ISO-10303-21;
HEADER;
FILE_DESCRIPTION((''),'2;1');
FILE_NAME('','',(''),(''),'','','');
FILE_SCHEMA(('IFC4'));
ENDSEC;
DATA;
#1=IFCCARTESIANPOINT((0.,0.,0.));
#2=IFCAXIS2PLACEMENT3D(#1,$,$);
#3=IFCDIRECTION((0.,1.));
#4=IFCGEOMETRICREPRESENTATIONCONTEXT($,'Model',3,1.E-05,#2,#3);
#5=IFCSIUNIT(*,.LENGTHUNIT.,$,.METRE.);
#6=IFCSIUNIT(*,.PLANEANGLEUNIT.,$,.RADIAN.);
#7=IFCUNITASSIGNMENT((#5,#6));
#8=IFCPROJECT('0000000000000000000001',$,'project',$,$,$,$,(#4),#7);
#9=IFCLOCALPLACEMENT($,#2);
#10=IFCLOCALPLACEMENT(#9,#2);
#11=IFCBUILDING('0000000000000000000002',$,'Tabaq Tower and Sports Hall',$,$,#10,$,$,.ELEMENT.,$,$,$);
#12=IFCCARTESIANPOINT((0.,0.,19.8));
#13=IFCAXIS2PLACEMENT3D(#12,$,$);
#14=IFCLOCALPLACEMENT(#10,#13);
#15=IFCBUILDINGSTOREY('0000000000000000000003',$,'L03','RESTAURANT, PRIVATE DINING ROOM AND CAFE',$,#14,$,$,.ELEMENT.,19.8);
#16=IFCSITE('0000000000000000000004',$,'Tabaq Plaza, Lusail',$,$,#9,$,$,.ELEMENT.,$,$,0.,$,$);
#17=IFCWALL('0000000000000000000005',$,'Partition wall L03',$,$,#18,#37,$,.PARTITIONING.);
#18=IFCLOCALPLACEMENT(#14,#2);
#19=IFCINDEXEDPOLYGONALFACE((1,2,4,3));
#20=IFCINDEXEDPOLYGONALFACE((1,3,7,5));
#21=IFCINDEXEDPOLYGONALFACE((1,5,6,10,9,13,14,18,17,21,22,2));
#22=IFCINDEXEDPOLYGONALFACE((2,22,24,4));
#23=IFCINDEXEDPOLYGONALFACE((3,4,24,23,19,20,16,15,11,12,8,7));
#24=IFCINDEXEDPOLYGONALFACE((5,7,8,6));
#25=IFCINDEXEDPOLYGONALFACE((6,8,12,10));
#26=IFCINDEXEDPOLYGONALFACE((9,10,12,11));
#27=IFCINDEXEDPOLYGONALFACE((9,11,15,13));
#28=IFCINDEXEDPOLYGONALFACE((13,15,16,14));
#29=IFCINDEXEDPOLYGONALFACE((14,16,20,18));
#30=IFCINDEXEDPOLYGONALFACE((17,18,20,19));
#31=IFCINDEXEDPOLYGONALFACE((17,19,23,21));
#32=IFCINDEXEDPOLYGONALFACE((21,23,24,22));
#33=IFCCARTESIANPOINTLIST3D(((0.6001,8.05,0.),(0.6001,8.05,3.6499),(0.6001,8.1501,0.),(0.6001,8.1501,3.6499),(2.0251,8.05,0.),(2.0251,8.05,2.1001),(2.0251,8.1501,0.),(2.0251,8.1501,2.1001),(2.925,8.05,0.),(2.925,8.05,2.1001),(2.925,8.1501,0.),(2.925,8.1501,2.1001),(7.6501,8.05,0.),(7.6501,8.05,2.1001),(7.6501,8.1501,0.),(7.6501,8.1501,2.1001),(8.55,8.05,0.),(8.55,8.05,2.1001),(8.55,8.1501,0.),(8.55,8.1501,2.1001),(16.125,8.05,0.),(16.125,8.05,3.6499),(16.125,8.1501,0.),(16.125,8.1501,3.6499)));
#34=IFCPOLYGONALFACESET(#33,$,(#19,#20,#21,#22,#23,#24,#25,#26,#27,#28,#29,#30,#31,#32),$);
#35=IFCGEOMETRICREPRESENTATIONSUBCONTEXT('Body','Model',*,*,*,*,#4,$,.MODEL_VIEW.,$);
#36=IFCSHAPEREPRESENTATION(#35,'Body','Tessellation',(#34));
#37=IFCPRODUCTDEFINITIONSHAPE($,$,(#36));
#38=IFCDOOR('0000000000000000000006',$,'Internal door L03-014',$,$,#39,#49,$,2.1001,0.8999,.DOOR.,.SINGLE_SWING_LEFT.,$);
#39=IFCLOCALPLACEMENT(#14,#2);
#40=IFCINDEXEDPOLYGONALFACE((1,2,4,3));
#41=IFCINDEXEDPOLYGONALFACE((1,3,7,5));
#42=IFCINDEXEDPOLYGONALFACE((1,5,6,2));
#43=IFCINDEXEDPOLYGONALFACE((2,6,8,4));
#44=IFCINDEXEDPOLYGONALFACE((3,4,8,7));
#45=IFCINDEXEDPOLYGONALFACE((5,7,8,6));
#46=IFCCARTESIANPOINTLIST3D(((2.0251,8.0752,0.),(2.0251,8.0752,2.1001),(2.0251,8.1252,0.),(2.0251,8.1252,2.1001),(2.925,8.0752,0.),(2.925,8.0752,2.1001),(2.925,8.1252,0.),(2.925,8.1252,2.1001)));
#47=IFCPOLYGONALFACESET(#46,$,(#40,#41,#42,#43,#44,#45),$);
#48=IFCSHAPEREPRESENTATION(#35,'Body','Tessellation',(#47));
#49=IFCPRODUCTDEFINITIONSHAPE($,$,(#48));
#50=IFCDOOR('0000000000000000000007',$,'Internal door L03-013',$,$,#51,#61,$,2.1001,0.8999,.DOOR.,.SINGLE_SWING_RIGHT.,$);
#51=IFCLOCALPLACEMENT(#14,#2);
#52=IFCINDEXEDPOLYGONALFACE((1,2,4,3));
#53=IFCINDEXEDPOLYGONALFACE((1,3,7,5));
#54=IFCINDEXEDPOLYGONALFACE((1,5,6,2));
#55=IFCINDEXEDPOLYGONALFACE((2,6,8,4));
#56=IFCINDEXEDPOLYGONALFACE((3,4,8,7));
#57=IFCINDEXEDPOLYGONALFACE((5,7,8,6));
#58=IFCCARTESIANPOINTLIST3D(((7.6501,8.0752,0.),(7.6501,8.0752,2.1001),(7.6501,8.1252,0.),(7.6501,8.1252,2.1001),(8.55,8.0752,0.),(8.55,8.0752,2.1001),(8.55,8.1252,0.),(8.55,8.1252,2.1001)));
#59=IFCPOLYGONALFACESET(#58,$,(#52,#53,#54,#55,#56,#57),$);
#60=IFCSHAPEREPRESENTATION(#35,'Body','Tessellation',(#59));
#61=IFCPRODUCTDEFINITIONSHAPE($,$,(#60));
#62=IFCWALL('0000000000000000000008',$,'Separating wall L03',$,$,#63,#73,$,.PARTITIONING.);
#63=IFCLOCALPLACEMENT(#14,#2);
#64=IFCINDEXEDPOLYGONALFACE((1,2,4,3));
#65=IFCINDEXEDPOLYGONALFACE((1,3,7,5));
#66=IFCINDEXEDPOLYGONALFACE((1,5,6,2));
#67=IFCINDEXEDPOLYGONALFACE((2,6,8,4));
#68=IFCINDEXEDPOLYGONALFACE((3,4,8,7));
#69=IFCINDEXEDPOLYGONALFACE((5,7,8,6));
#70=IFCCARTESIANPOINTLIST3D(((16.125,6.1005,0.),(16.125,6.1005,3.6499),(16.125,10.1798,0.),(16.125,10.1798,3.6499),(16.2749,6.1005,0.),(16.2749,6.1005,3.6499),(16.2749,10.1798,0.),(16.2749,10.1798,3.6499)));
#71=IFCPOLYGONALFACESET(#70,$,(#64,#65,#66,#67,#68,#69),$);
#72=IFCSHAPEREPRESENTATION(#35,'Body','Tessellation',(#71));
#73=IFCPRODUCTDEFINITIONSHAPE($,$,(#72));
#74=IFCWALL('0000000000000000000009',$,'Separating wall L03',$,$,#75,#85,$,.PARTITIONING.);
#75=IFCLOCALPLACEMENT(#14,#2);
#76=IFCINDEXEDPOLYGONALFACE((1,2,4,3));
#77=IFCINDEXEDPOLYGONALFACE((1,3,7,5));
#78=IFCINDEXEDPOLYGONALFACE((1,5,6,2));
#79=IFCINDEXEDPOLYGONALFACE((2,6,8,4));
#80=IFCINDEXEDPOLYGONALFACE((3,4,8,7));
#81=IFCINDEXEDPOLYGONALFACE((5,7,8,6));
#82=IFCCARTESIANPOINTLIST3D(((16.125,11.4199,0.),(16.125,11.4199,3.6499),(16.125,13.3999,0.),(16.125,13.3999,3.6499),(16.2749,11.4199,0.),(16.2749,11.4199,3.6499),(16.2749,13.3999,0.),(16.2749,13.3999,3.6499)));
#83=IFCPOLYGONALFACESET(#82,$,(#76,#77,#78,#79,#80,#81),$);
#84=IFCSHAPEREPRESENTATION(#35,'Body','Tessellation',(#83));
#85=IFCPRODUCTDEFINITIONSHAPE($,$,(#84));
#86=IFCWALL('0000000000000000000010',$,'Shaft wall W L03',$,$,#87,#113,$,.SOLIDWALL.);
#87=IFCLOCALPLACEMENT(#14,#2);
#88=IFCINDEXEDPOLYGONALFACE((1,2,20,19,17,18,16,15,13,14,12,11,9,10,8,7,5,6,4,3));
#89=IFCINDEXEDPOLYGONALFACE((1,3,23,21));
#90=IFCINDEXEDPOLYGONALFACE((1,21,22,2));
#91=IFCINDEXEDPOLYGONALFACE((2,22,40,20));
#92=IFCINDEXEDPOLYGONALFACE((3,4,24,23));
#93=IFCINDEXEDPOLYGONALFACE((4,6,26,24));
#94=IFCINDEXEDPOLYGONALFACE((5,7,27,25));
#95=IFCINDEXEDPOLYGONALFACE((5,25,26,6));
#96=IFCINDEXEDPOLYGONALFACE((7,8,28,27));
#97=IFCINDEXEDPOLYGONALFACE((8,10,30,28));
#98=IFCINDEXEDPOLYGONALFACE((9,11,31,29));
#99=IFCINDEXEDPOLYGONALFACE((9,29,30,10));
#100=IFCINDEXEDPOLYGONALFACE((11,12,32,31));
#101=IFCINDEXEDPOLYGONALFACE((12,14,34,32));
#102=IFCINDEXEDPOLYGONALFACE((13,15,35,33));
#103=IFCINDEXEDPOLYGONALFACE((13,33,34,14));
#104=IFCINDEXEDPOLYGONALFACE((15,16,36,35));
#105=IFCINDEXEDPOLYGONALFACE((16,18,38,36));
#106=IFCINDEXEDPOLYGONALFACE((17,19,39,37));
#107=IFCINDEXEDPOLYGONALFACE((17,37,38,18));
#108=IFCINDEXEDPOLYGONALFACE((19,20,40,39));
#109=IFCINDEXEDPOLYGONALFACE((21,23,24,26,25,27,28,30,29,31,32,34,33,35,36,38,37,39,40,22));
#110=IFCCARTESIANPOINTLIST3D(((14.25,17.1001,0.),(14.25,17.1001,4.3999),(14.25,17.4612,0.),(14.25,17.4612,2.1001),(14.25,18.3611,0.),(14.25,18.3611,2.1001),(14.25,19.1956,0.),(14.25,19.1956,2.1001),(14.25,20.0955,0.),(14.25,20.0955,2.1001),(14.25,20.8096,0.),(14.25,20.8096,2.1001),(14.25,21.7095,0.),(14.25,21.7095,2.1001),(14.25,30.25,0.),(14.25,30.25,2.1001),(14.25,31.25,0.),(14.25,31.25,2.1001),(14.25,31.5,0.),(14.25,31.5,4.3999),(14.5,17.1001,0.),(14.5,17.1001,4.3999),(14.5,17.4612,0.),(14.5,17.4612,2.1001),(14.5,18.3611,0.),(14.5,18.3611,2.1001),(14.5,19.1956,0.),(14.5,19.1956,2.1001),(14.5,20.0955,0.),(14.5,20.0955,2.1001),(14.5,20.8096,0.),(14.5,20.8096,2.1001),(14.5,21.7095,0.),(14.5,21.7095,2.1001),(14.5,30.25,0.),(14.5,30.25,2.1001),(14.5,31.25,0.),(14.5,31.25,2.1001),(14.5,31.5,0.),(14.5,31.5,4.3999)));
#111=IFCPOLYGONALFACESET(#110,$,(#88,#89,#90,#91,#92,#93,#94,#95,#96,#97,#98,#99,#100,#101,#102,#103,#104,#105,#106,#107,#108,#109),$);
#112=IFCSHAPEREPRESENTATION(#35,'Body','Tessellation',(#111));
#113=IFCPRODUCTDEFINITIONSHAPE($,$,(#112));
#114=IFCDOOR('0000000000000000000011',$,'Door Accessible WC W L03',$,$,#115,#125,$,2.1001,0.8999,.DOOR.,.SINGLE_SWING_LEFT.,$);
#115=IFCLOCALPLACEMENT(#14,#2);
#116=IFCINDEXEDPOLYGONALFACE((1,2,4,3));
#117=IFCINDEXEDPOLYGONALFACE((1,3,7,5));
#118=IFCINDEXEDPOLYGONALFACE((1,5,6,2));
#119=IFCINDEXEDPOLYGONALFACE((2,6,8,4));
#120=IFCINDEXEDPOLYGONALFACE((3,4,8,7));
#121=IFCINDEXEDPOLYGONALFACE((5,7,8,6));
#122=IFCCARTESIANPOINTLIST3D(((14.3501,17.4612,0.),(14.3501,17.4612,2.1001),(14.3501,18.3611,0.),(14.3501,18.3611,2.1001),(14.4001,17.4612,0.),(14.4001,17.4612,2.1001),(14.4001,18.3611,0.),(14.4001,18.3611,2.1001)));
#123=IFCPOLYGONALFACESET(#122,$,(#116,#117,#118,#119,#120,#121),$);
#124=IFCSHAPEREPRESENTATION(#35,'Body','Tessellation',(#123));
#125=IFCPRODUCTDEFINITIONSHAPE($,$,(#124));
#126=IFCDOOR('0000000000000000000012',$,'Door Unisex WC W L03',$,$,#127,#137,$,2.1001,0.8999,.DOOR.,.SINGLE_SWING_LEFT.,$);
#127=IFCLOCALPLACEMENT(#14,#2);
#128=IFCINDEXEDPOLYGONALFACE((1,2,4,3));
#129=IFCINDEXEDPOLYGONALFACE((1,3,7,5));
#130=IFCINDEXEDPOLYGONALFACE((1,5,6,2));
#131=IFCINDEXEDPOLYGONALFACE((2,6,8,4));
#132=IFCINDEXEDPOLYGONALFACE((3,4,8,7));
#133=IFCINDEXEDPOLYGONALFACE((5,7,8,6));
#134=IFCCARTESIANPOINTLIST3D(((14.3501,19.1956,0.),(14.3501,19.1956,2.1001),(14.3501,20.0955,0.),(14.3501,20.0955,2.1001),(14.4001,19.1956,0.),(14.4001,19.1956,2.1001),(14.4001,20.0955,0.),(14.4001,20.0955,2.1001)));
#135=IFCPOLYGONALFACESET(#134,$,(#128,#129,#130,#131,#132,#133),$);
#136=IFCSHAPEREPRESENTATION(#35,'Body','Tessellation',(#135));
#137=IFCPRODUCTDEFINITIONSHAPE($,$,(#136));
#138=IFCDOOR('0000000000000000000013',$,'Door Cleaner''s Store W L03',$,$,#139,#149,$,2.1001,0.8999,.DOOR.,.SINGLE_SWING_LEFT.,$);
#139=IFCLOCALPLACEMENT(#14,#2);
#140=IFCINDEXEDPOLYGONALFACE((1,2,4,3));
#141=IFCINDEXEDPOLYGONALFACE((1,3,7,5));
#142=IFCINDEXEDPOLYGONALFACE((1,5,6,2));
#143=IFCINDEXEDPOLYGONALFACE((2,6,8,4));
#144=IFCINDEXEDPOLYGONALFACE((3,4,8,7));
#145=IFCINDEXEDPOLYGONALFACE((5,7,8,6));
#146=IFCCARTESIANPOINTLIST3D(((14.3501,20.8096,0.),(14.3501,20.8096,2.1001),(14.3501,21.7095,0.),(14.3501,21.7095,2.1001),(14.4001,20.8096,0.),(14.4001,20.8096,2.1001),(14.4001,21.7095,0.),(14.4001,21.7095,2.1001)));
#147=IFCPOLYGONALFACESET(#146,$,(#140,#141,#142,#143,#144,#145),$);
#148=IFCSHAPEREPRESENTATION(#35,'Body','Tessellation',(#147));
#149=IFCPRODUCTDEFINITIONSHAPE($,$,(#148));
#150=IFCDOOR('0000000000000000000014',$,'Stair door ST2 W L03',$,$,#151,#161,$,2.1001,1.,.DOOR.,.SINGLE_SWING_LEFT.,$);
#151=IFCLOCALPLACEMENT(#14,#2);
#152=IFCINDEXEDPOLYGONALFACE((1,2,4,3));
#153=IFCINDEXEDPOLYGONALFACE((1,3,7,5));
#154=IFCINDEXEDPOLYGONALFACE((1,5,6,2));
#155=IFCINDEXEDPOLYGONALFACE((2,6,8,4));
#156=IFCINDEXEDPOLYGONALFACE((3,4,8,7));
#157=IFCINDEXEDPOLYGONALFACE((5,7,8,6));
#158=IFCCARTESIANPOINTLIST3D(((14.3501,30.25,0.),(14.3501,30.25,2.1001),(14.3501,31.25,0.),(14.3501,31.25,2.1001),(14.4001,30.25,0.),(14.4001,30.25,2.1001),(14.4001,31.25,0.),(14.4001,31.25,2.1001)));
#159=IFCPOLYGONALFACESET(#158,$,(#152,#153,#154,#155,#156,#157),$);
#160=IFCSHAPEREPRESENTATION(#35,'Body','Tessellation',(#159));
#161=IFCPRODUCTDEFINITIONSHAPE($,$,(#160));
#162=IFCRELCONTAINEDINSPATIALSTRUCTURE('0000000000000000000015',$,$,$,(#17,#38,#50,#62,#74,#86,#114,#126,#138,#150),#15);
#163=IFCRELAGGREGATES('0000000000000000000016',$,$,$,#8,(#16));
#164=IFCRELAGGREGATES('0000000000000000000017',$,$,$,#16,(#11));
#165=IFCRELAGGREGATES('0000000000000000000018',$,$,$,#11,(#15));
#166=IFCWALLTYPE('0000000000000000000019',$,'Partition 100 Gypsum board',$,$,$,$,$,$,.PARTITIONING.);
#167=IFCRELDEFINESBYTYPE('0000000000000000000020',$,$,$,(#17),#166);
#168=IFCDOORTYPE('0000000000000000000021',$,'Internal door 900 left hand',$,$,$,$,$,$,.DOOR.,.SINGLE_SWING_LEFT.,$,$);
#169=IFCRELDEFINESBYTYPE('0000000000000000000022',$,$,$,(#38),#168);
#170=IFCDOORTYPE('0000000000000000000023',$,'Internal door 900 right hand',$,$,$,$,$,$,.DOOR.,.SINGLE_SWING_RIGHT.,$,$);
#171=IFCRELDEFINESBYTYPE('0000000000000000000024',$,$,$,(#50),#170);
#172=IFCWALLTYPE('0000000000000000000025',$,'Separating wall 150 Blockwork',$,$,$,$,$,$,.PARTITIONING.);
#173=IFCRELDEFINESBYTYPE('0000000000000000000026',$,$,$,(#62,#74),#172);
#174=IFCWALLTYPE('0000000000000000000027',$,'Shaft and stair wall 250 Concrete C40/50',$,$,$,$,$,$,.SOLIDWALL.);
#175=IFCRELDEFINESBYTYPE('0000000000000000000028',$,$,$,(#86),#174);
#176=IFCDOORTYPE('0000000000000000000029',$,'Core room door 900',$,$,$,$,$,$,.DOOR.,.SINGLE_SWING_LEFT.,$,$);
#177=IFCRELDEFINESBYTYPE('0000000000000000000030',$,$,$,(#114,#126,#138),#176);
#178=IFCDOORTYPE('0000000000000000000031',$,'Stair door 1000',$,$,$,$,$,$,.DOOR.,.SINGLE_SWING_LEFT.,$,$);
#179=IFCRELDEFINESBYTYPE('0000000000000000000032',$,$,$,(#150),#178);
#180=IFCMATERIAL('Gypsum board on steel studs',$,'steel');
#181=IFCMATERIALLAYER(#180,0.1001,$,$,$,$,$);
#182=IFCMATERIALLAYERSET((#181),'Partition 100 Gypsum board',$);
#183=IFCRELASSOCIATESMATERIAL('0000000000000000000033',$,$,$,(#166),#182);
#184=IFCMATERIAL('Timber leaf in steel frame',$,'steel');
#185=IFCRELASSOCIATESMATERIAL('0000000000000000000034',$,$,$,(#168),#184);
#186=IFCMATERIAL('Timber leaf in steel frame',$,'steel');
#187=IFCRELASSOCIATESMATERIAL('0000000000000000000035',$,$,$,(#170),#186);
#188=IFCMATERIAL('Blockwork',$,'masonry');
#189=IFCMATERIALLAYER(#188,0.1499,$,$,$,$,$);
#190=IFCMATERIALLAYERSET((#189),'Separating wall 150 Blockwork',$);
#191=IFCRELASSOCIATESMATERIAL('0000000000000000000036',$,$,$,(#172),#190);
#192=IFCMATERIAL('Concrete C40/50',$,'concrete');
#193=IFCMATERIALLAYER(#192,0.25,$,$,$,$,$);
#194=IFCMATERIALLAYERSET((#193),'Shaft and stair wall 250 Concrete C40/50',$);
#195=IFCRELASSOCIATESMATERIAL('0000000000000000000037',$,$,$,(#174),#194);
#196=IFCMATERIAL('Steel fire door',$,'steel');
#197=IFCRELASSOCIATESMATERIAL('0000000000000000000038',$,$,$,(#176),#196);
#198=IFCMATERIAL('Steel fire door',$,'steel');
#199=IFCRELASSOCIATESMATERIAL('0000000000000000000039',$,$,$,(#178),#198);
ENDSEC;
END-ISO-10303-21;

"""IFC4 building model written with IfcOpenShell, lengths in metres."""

from ifc_helpers import new_model, si_unit, direction, frame, frame_2d, origin, place, context, subcontext, project, spatial, rectangle, extrude, material, layer, layer_set, type_object, element, fill, save


model = new_model("IFC4")

# Units and contexts
model_context = context("Model", 3, precision=1e-05, world=origin(), true_north=direction((0.0, 1.0)))
body_context = subcontext(model_context, "Body", "Model", "MODEL_VIEW")
ifc_project = project(units=[si_unit("LENGTHUNIT", "METRE"), si_unit("PLANEANGLEUNIT", "RADIAN")], contexts=[model_context])

# Site, building, storey
site_placement = place(None, origin())
site = spatial("IfcSite", under=ifc_project, at=site_placement, Name="Tabaq Plaza, Lusail", CompositionType="ELEMENT", RefElevation=0.0)
building_placement = place(site_placement, origin())
building = spatial("IfcBuilding", under=site, at=building_placement, Name="Tabaq Tower and Sports Hall", CompositionType="ELEMENT")
storey_placement = place(building_placement, frame((0.0, 0.0, 19.8)))
storey = spatial("IfcBuildingStorey", under=building, at=storey_placement, Name="L03", Description="RESTAURANT, PRIVATE DINING ROOM AND CAFE", CompositionType="ELEMENT", Elevation=19.8)

# Wall, openings, doors
ifc_material_1 = material(Name="Gypsum board on steel studs", Category="steel")
ifc_layer_1 = layer(ifc_material_1, 0.1001)
ifc_layer_set_1 = layer_set([ifc_layer_1], Name="Partition 100 Gypsum board")
wall_type_1 = type_object("IfcWallType", Name="Partition 100 Gypsum board", PredefinedType="PARTITIONING", material=ifc_layer_set_1)
wall_1_placement = place(storey_placement, frame((16.125, 8.1001, 0.0), z_axis=(0.0, 0.0, 1.0), x_axis=(-1.0, 0.0, 0.0)))
wall_1 = element("IfcWall", 1, at=wall_1_placement, inside=storey, type_object=wall_type_1, Name="Partition wall L03", PredefinedType="PARTITIONING", context=body_context, shape_type="SweptSolid", body=[
    extrude(rectangle(XDim=15.5249, YDim=0.1001, at=frame_2d((7.7625, 0.0))), origin(), (0.0, 0.0, 1.0), 3.6499),
])
opening_1_placement = place(wall_1_placement, frame((7.575, 0.0, 0.0)))
opening_1 = element("IfcOpeningElement", 2, at=opening_1_placement, cuts=wall_1, PredefinedType="OPENING", context=body_context, shape_type="SweptSolid", body=[
    extrude(rectangle(XDim=0.8999, YDim=2.1001, at=frame_2d((0.45, 1.05))), frame((0.0, 0.05, 0.0), z_axis=(0.0, -1.0, 0.0), x_axis=(1.0, 0.0, 0.0)), (0.0, 0.0, 1.0), 0.1001),
])
opening_2_placement = place(wall_1_placement, frame((13.2, 0.0, 0.0)))
opening_2 = element("IfcOpeningElement", 3, at=opening_2_placement, cuts=wall_1, PredefinedType="OPENING", context=body_context, shape_type="SweptSolid", body=[
    extrude(rectangle(XDim=0.8999, YDim=2.1001, at=frame_2d((0.45, 1.05))), frame((0.0, 0.05, 0.0), z_axis=(0.0, -1.0, 0.0), x_axis=(1.0, 0.0, 0.0)), (0.0, 0.0, 1.0), 0.1001),
])
ifc_material_2 = material(Name="Timber leaf in steel frame", Category="steel")
door_type_1 = type_object("IfcDoorType", Name="Internal door 900 left hand", OperationType="SINGLE_SWING_LEFT", PredefinedType="DOOR", material=ifc_material_2)
door_1_placement = place(opening_2_placement, origin())
door_1 = element("IfcDoor", 4, at=door_1_placement, inside=storey, type_object=door_type_1, Name="Internal door L03-014", OperationType="SINGLE_SWING_LEFT", OverallHeight=2.1001, OverallWidth=0.8999, PredefinedType="DOOR", context=body_context, shape_type="SweptSolid", body=[
    extrude(rectangle(XDim=0.8999, YDim=2.1001, at=frame_2d((0.45, 1.05))), frame((0.0, 0.0249, 0.0), z_axis=(0.0, -1.0, 0.0), x_axis=(1.0, 0.0, 0.0)), (0.0, 0.0, 1.0), 0.05),
])
fill(opening_2, door_1)
ifc_material_3 = material(Name="Timber leaf in steel frame", Category="steel")
door_type_2 = type_object("IfcDoorType", Name="Internal door 900 right hand", OperationType="SINGLE_SWING_RIGHT", PredefinedType="DOOR", material=ifc_material_3)
door_2_placement = place(opening_1_placement, origin())
door_2 = element("IfcDoor", 5, at=door_2_placement, inside=storey, type_object=door_type_2, Name="Internal door L03-013", OperationType="SINGLE_SWING_RIGHT", OverallHeight=2.1001, OverallWidth=0.8999, PredefinedType="DOOR", context=body_context, shape_type="SweptSolid", body=[
    extrude(rectangle(XDim=0.8999, YDim=2.1001, at=frame_2d((0.45, 1.05))), frame((0.0, 0.0249, 0.0), z_axis=(0.0, -1.0, 0.0), x_axis=(1.0, 0.0, 0.0)), (0.0, 0.0, 1.0), 0.05),
])
fill(opening_1, door_2)

# Walls
ifc_material_4 = material(Name="Blockwork", Category="masonry")
ifc_layer_2 = layer(ifc_material_4, 0.1499)
ifc_layer_set_2 = layer_set([ifc_layer_2], Name="Separating wall 150 Blockwork")
wall_type_2 = type_object("IfcWallType", Name="Separating wall 150 Blockwork", PredefinedType="PARTITIONING", material=ifc_layer_set_2)
wall_2_placement = place(storey_placement, frame((16.2, 6.1006, 0.0), z_axis=(0.0, 0.0, 1.0), x_axis=(0.0, 1.0, 0.0)))
element("IfcWall", 6, at=wall_2_placement, inside=storey, type_object=wall_type_2, Name="Separating wall L03", PredefinedType="PARTITIONING", context=body_context, shape_type="SweptSolid", body=[
    extrude(rectangle(XDim=4.0793, YDim=0.1499, at=frame_2d((2.0396, 0.0))), origin(), (0.0, 0.0, 1.0), 3.6499),
])
wall_3_placement = place(storey_placement, frame((16.2, 11.4199, 0.0), z_axis=(0.0, 0.0, 1.0), x_axis=(0.0, 1.0, 0.0)))
element("IfcWall", 7, at=wall_3_placement, inside=storey, type_object=wall_type_2, Name="Separating wall L03", PredefinedType="PARTITIONING", context=body_context, shape_type="SweptSolid", body=[
    extrude(rectangle(XDim=1.98, YDim=0.1499, at=frame_2d((0.99, 0.0))), origin(), (0.0, 0.0, 1.0), 3.6499),
])

# Wall, openings, doors
ifc_material_5 = material(Name="Concrete C40/50", Category="concrete")
ifc_layer_3 = layer(ifc_material_5, 0.25)
ifc_layer_set_3 = layer_set([ifc_layer_3], Name="Shaft and stair wall 250 Concrete C40/50")
wall_type_3 = type_object("IfcWallType", Name="Shaft and stair wall 250 Concrete C40/50", PredefinedType="SOLIDWALL", material=ifc_layer_set_3)
wall_4_placement = place(storey_placement, frame((14.375, 17.1001, 0.0), z_axis=(0.0, 0.0, 1.0), x_axis=(0.0, 1.0, 0.0)))
wall_4 = element("IfcWall", 8, at=wall_4_placement, inside=storey, type_object=wall_type_3, Name="Shaft wall W L03", PredefinedType="SOLIDWALL", context=body_context, shape_type="SweptSolid", body=[
    extrude(rectangle(XDim=14.3999, YDim=0.25, at=frame_2d((7.2, 0.0))), origin(), (0.0, 0.0, 1.0), 4.3999),
])
opening_3_placement = place(wall_4_placement, frame((13.1499, 0.0, 0.0)))
opening_3 = element("IfcOpeningElement", 9, at=opening_3_placement, cuts=wall_4, PredefinedType="OPENING", context=body_context, shape_type="SweptSolid", body=[
    extrude(rectangle(XDim=1.0, YDim=2.1001, at=frame_2d((0.5, 1.05))), frame((0.0, 0.125, 0.0), z_axis=(0.0, -1.0, 0.0), x_axis=(1.0, 0.0, 0.0)), (0.0, 0.0, 1.0), 0.25),
])
opening_4_placement = place(wall_4_placement, frame((0.3611, 0.0, 0.0)))
opening_4 = element("IfcOpeningElement", 10, at=opening_4_placement, cuts=wall_4, PredefinedType="OPENING", context=body_context, shape_type="SweptSolid", body=[
    extrude(rectangle(XDim=0.8999, YDim=2.1001, at=frame_2d((0.45, 1.05))), frame((0.0, 0.125, 0.0), z_axis=(0.0, -1.0, 0.0), x_axis=(1.0, 0.0, 0.0)), (0.0, 0.0, 1.0), 0.25),
])
opening_5_placement = place(wall_4_placement, frame((2.0955, 0.0, 0.0)))
opening_5 = element("IfcOpeningElement", 11, at=opening_5_placement, cuts=wall_4, PredefinedType="OPENING", context=body_context, shape_type="SweptSolid", body=[
    extrude(rectangle(XDim=0.8999, YDim=2.1001, at=frame_2d((0.45, 1.05))), frame((0.0, 0.125, 0.0), z_axis=(0.0, -1.0, 0.0), x_axis=(1.0, 0.0, 0.0)), (0.0, 0.0, 1.0), 0.25),
])
opening_6_placement = place(wall_4_placement, frame((3.7095, 0.0, 0.0)))
opening_6 = element("IfcOpeningElement", 12, at=opening_6_placement, cuts=wall_4, PredefinedType="OPENING", context=body_context, shape_type="SweptSolid", body=[
    extrude(rectangle(XDim=0.8999, YDim=2.1001, at=frame_2d((0.45, 1.05))), frame((0.0, 0.125, 0.0), z_axis=(0.0, -1.0, 0.0), x_axis=(1.0, 0.0, 0.0)), (0.0, 0.0, 1.0), 0.25),
])
ifc_material_6 = material(Name="Steel fire door", Category="steel")
door_type_3 = type_object("IfcDoorType", Name="Core room door 900", OperationType="SINGLE_SWING_LEFT", PredefinedType="DOOR", material=ifc_material_6)
door_3_placement = place(opening_4_placement, origin())
door_3 = element("IfcDoor", 13, at=door_3_placement, inside=storey, type_object=door_type_3, Name="Door Accessible WC W L03", OperationType="SINGLE_SWING_LEFT", OverallHeight=2.1001, OverallWidth=0.8999, PredefinedType="DOOR", context=body_context, shape_type="SweptSolid", body=[
    extrude(rectangle(XDim=0.8999, YDim=2.1001, at=frame_2d((0.45, 1.05))), frame((0.0, 0.0249, 0.0), z_axis=(0.0, -1.0, 0.0), x_axis=(1.0, 0.0, 0.0)), (0.0, 0.0, 1.0), 0.05),
])
fill(opening_4, door_3)
door_4_placement = place(opening_5_placement, origin())
door_4 = element("IfcDoor", 14, at=door_4_placement, inside=storey, type_object=door_type_3, Name="Door Unisex WC W L03", OperationType="SINGLE_SWING_LEFT", OverallHeight=2.1001, OverallWidth=0.8999, PredefinedType="DOOR", context=body_context, shape_type="SweptSolid", body=[
    extrude(rectangle(XDim=0.8999, YDim=2.1001, at=frame_2d((0.45, 1.05))), frame((0.0, 0.0249, 0.0), z_axis=(0.0, -1.0, 0.0), x_axis=(1.0, 0.0, 0.0)), (0.0, 0.0, 1.0), 0.05),
])
fill(opening_5, door_4)
door_5_placement = place(opening_6_placement, origin())
door_5 = element("IfcDoor", 15, at=door_5_placement, inside=storey, type_object=door_type_3, Name="Door Cleaner's Store W L03", OperationType="SINGLE_SWING_LEFT", OverallHeight=2.1001, OverallWidth=0.8999, PredefinedType="DOOR", context=body_context, shape_type="SweptSolid", body=[
    extrude(rectangle(XDim=0.8999, YDim=2.1001, at=frame_2d((0.45, 1.05))), frame((0.0, 0.0249, 0.0), z_axis=(0.0, -1.0, 0.0), x_axis=(1.0, 0.0, 0.0)), (0.0, 0.0, 1.0), 0.05),
])
fill(opening_6, door_5)
ifc_material_7 = material(Name="Steel fire door", Category="steel")
door_type_4 = type_object("IfcDoorType", Name="Stair door 1000", OperationType="SINGLE_SWING_LEFT", PredefinedType="DOOR", material=ifc_material_7)
door_6_placement = place(opening_3_placement, origin())
door_6 = element("IfcDoor", 16, at=door_6_placement, inside=storey, type_object=door_type_4, Name="Stair door ST2 W L03", OperationType="SINGLE_SWING_LEFT", OverallHeight=2.1001, OverallWidth=1.0, PredefinedType="DOOR", context=body_context, shape_type="SweptSolid", body=[
    extrude(rectangle(XDim=1.0, YDim=2.1001, at=frame_2d((0.5, 1.05))), frame((0.0, 0.0249, 0.0), z_axis=(0.0, -1.0, 0.0), x_axis=(1.0, 0.0, 0.0)), (0.0, 0.0, 1.0), 0.05),
])
fill(opening_3, door_6)

save(model, "model.ifc")
